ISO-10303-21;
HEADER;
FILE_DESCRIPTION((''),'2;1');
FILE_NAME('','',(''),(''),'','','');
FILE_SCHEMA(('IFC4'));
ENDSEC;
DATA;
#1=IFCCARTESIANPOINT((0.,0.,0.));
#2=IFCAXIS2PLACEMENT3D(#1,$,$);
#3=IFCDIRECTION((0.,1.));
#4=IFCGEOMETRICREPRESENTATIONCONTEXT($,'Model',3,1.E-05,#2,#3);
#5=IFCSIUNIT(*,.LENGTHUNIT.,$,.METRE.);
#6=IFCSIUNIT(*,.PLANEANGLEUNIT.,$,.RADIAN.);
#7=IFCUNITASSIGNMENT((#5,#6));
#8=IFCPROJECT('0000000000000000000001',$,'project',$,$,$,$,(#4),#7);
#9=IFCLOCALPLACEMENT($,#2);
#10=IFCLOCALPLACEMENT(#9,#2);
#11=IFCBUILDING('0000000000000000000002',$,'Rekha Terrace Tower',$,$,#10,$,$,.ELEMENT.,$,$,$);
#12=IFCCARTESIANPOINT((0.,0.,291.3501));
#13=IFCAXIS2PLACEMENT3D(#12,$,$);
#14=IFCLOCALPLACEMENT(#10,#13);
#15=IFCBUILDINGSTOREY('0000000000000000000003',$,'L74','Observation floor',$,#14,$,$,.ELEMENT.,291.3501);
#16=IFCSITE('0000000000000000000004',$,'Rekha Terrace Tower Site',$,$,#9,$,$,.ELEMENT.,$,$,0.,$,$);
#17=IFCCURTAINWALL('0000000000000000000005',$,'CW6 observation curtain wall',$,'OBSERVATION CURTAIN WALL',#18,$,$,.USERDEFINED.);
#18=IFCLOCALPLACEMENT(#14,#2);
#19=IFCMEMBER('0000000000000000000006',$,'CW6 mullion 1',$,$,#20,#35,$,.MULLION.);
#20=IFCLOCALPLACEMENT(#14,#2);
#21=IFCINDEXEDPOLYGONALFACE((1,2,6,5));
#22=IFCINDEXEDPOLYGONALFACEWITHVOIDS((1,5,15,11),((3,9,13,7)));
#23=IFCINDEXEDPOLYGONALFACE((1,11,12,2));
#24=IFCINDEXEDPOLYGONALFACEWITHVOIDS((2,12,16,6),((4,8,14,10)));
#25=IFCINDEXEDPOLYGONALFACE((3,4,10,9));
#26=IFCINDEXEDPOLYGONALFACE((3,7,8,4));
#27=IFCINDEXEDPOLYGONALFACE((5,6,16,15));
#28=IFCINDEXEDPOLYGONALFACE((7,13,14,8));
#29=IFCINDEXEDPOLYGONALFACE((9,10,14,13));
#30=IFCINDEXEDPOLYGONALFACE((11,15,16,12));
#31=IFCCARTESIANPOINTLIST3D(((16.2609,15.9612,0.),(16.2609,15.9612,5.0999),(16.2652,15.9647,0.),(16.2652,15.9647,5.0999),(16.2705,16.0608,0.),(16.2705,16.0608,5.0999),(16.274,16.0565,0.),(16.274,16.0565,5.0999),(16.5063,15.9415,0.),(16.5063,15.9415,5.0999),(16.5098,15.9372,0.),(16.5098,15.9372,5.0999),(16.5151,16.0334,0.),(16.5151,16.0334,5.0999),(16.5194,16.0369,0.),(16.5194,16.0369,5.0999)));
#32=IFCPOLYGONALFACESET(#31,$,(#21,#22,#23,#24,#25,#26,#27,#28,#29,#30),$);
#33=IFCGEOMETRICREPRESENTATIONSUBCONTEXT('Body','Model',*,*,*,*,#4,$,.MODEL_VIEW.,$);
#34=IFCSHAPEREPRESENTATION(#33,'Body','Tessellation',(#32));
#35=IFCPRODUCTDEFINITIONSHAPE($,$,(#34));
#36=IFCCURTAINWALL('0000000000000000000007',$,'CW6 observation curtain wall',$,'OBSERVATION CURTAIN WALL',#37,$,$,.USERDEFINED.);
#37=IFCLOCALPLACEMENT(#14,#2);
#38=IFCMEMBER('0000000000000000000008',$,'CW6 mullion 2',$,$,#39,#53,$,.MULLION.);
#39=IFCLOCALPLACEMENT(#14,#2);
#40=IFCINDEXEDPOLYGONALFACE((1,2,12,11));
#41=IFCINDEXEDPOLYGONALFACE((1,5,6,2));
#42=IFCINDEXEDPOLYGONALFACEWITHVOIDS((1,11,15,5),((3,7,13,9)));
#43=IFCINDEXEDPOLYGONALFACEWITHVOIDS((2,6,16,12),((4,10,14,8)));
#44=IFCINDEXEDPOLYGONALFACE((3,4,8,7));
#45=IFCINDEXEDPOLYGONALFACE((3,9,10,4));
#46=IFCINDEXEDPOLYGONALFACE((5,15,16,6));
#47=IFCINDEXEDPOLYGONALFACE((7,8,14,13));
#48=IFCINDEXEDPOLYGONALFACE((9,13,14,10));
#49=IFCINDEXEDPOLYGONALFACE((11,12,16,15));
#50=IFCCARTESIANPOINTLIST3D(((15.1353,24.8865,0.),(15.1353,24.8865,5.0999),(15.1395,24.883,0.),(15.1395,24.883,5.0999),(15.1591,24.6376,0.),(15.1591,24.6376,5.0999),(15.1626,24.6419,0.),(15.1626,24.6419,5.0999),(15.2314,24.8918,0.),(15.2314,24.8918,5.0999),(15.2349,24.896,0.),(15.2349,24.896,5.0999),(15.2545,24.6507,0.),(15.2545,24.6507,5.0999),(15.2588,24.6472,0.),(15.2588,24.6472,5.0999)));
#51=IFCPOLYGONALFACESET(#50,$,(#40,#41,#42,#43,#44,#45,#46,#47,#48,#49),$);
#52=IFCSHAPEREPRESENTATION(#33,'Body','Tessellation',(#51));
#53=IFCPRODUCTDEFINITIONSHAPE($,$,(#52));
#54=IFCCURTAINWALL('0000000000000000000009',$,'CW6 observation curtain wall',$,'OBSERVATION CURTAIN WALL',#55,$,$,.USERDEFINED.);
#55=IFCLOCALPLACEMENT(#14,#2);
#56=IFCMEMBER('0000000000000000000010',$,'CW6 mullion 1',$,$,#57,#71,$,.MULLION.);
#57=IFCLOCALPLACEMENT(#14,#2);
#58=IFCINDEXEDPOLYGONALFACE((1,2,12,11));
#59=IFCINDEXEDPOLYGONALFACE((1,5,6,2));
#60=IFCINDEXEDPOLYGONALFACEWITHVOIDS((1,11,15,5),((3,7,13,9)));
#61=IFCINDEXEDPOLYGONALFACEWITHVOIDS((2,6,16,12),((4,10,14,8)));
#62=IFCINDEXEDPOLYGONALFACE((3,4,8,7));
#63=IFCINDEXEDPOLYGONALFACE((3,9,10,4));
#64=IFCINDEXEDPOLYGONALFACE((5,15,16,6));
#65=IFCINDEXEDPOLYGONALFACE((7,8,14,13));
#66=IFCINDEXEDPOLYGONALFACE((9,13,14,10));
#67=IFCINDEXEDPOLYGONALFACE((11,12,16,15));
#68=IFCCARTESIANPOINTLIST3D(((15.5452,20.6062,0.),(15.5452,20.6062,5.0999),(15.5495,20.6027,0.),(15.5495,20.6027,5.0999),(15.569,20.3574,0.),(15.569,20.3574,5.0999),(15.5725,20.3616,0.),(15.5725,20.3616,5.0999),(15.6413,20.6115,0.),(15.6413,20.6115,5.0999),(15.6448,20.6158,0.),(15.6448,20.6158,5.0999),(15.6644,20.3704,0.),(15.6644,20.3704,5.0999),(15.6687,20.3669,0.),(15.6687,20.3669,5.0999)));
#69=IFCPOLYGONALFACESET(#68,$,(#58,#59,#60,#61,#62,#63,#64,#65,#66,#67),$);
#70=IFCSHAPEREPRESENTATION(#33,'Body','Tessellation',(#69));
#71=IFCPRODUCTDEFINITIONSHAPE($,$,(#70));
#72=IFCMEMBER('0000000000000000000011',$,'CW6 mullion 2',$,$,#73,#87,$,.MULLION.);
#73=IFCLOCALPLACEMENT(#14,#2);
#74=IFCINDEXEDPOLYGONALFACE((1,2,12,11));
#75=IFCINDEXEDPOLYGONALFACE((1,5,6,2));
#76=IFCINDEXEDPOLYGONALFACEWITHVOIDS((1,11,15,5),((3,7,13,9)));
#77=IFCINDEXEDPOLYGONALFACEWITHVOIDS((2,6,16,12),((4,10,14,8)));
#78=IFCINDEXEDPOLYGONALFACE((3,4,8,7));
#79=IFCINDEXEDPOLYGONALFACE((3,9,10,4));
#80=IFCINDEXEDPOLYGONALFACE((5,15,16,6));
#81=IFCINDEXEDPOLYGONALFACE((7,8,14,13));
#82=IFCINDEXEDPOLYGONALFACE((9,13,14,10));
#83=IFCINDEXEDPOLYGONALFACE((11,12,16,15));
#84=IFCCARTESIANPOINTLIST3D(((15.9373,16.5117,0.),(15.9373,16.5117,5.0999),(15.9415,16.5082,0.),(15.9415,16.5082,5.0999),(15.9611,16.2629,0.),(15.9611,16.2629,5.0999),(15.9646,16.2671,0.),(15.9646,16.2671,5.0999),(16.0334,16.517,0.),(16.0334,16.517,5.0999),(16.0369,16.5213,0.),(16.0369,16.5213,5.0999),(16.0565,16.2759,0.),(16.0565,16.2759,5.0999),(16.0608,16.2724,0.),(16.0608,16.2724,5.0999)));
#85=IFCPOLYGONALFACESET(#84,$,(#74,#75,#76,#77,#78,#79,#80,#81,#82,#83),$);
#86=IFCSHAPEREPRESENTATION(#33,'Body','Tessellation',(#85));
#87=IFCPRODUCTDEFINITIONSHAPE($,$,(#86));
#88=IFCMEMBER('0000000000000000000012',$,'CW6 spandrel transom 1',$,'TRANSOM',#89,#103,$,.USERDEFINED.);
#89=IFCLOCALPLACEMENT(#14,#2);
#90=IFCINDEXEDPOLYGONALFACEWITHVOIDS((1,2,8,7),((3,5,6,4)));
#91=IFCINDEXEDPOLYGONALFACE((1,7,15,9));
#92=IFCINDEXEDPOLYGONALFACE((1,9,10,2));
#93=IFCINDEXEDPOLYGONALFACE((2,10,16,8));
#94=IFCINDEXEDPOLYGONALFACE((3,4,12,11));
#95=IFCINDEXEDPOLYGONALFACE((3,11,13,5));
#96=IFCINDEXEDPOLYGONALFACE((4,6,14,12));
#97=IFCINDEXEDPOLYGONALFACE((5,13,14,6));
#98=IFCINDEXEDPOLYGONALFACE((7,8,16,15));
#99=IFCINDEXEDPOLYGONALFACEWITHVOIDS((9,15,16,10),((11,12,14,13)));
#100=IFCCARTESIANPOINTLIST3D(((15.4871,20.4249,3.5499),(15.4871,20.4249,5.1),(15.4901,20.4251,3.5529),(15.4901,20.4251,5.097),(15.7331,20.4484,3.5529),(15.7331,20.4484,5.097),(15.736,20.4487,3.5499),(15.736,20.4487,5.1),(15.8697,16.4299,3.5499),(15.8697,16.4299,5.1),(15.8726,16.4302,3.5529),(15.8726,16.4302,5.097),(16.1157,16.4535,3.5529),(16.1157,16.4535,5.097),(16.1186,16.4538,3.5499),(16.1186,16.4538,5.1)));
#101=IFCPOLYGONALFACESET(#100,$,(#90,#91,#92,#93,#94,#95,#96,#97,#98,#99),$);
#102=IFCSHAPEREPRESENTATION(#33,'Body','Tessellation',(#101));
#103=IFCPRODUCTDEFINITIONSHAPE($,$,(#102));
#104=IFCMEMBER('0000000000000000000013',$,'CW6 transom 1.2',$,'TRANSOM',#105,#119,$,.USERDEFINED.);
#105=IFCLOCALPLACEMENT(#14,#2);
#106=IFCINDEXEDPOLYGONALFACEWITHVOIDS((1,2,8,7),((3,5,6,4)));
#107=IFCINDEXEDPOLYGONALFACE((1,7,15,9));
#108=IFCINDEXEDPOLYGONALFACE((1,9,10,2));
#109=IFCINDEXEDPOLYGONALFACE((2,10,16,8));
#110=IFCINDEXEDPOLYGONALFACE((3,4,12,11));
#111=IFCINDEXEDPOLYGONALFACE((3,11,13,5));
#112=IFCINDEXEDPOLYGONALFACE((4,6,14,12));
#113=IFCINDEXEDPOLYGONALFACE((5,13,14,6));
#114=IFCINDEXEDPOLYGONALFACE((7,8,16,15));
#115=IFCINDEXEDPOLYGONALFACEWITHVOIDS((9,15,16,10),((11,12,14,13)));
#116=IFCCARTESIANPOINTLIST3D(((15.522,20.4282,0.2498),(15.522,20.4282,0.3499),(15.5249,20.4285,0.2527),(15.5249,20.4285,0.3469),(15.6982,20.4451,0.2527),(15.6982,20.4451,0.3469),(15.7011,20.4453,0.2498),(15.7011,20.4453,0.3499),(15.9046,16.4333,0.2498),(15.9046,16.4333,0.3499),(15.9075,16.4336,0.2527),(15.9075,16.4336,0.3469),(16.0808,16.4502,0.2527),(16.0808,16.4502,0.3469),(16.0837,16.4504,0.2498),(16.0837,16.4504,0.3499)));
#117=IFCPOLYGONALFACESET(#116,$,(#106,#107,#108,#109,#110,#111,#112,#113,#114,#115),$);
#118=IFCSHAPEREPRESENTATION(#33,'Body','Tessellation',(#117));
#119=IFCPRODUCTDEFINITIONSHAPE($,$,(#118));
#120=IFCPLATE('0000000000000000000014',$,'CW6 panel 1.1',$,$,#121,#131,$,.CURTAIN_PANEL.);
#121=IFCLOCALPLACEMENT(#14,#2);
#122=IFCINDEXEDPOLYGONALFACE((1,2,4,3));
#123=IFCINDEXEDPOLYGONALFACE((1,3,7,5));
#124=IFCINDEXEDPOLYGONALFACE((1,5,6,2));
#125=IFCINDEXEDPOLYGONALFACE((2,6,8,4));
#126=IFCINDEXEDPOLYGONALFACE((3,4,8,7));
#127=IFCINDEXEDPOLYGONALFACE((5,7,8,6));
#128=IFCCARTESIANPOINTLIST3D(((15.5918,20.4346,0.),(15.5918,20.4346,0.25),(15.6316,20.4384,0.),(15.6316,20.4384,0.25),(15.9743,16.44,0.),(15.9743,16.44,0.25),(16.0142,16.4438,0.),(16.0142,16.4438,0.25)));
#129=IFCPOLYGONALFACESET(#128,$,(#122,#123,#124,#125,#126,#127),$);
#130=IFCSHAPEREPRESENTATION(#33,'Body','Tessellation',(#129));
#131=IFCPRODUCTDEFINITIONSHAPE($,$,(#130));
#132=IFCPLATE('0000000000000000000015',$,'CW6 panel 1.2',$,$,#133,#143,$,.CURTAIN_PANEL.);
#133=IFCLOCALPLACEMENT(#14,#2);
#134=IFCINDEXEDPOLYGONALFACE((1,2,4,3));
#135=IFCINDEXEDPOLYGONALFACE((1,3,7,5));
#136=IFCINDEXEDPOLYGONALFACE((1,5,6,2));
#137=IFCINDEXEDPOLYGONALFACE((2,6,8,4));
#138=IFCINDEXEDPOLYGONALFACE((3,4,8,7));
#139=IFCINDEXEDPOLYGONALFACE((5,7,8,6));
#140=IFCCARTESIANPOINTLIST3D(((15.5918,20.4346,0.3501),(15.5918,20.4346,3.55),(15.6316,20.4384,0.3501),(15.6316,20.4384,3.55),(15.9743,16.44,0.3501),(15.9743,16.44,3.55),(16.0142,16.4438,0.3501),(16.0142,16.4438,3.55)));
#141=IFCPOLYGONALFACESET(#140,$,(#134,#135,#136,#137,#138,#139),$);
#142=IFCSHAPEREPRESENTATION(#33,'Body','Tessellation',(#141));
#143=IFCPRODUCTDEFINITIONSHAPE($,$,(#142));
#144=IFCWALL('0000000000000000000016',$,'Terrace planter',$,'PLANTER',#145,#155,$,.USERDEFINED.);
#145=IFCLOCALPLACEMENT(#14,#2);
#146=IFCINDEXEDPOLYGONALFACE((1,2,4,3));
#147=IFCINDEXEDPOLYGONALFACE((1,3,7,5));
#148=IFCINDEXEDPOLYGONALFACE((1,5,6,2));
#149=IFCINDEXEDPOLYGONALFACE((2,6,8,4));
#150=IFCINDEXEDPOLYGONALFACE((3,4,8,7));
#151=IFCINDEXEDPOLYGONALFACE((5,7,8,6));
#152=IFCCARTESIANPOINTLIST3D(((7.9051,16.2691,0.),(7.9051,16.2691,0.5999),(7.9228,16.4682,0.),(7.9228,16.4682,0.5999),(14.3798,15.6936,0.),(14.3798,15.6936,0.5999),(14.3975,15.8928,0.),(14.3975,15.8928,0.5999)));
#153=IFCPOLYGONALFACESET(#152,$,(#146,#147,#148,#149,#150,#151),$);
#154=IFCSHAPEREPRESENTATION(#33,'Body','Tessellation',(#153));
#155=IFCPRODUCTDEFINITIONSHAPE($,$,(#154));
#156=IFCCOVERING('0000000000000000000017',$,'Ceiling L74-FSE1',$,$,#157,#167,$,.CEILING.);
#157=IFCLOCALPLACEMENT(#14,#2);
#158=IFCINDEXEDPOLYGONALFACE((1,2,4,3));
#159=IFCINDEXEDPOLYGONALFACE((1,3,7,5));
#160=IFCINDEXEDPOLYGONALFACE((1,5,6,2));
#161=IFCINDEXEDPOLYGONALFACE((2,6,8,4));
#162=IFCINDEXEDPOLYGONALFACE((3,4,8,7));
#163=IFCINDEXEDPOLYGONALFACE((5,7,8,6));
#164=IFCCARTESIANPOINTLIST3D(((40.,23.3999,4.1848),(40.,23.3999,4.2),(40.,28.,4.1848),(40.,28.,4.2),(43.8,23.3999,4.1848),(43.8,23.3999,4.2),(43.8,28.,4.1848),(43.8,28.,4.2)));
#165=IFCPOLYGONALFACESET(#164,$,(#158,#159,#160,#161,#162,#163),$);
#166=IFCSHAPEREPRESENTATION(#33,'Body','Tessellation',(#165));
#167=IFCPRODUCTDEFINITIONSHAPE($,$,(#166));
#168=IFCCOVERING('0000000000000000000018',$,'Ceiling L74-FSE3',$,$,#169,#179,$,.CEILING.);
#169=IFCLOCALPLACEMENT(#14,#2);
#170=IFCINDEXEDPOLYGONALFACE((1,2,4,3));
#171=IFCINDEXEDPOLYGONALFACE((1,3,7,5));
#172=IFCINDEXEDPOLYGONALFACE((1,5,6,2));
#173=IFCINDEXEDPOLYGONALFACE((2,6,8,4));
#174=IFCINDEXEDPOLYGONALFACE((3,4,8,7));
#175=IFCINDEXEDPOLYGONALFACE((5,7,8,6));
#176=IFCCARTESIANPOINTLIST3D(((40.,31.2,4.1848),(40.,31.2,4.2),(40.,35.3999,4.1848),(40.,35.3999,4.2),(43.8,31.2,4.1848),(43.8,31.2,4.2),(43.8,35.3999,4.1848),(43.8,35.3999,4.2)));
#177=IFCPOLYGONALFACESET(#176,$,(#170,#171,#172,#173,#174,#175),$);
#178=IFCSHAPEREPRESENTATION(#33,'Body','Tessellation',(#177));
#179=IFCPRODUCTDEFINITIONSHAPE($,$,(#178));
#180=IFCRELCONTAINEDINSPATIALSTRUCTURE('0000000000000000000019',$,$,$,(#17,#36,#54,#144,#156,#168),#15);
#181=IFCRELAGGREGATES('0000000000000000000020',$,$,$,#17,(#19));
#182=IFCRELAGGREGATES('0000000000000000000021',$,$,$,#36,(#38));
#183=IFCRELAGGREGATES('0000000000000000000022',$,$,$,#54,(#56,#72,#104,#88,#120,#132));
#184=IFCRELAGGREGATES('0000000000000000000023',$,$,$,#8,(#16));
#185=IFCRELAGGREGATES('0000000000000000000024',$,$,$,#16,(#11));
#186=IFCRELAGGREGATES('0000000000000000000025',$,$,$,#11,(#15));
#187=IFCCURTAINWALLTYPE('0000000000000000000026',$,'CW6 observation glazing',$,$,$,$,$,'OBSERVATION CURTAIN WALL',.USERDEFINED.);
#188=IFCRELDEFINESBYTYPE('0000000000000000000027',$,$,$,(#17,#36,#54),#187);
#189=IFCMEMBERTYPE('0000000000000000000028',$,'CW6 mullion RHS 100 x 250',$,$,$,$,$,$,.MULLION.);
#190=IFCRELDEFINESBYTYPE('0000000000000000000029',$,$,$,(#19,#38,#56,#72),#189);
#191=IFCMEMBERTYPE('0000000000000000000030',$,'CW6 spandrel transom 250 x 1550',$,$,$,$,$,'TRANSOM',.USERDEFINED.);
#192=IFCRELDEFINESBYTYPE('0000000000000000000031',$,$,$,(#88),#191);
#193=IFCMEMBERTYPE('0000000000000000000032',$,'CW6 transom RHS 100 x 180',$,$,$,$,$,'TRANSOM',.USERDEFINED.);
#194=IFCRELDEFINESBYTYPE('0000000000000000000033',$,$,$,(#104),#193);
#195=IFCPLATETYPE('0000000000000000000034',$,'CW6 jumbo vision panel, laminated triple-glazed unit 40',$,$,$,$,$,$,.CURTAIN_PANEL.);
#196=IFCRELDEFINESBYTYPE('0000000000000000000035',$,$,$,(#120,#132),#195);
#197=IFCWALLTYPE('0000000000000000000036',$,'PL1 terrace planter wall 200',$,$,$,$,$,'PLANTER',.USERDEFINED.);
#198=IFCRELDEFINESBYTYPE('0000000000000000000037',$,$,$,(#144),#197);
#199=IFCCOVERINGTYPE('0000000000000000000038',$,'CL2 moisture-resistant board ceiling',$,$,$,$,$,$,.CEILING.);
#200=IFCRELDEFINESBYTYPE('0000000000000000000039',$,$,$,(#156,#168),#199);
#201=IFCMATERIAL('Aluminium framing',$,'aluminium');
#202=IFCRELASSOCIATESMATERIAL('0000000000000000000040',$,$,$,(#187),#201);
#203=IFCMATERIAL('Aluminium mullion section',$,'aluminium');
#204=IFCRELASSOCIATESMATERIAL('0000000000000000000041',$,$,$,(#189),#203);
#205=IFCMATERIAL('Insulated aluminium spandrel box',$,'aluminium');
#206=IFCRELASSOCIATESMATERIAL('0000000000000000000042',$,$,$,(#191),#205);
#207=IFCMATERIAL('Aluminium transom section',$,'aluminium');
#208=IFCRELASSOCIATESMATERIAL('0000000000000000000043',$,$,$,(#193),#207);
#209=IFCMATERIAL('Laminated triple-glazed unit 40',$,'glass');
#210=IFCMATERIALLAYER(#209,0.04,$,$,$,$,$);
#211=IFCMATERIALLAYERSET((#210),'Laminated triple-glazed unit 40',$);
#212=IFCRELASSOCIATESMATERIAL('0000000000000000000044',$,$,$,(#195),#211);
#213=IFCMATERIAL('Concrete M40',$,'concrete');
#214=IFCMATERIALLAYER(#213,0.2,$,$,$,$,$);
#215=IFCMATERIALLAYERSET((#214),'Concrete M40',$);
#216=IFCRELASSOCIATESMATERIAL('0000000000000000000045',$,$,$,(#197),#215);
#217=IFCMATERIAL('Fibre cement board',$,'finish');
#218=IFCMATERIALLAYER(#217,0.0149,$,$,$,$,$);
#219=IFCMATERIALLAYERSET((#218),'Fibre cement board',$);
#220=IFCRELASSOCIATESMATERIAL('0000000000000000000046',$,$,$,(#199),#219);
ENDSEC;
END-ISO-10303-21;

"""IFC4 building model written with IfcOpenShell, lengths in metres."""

from ifc_helpers import new_model, si_unit, direction, frame, frame_2d, origin, origin_2d, place, context, subcontext, project, spatial, polyline, rectangle, hollow_rectangle, outline, extrude, material, layer, layer_set, material_profile, profile_set, type_object, element, aggregate, save


model = new_model("IFC4")

# Units and contexts
model_context = context("Model", 3, precision=1e-05, world=origin(), true_north=direction((0.0, 1.0)))
body_context = subcontext(model_context, "Body", "Model", "MODEL_VIEW")
ifc_project = project(units=[si_unit("LENGTHUNIT", "METRE"), si_unit("PLANEANGLEUNIT", "RADIAN")], contexts=[model_context])

# Site, building, storey
site_placement = place(None, origin())
site = spatial("IfcSite", under=ifc_project, at=site_placement, Name="Rekha Terrace Tower Site", CompositionType="ELEMENT", RefElevation=0.0)
building_placement = place(site_placement, origin())
building = spatial("IfcBuilding", under=site, at=building_placement, Name="Rekha Terrace Tower", CompositionType="ELEMENT")
storey_placement = place(building_placement, frame((0.0, 0.0, 291.3501)))
storey = spatial("IfcBuildingStorey", under=building, at=storey_placement, Name="L74", Description="Observation floor", CompositionType="ELEMENT", Elevation=291.3501)

# Curtain walls, members
ifc_material_1 = material(Name="Aluminium framing", Category="aluminium")
curtain_wall_type = type_object("IfcCurtainWallType", Name="CW6 observation glazing", ElementType="OBSERVATION CURTAIN WALL", PredefinedType="USERDEFINED", material=ifc_material_1)
curtain_wall_1_placement = place(storey_placement, origin())
curtain_wall_1 = element("IfcCurtainWall", 1, at=curtain_wall_1_placement, inside=storey, type_object=curtain_wall_type, Name="CW6 observation curtain wall", ObjectType="OBSERVATION CURTAIN WALL", PredefinedType="USERDEFINED")
ifc_material_2 = material(Name="Aluminium mullion section", Category="aluminium")
ifc_material_profile_1 = material_profile(ifc_material_2, hollow_rectangle(XDim=0.1001, YDim=0.25, WallThickness=0.0039, at=origin_2d()), Name="AL RHS 100x250")
ifc_profile_set_1 = profile_set([ifc_material_profile_1], Name="Aluminium mullion section")
member_type_1 = type_object("IfcMemberType", Name="CW6 mullion RHS 100 x 250", PredefinedType="MULLION", material=ifc_profile_set_1)
member_1_placement = place(storey_placement, frame((16.3901, 15.999, 0.0), z_axis=(0.0, 0.0, 1.0), x_axis=(0.095736, 0.995407, 0.0)))
member_1 = element("IfcMember", 2, at=member_1_placement, type_object=member_type_1, Name="CW6 mullion 1", PredefinedType="MULLION", context=body_context, shape_type="SweptSolid", body=[
    extrude(hollow_rectangle(XDim=0.1001, YDim=0.25, WallThickness=0.0039, at=origin_2d()), origin(), (0.0, 0.0, 1.0), 5.0999),
])
aggregate(curtain_wall_1, [member_1])
curtain_wall_2_placement = place(storey_placement, origin())
curtain_wall_2 = element("IfcCurtainWall", 3, at=curtain_wall_2_placement, inside=storey, type_object=curtain_wall_type, Name="CW6 observation curtain wall", ObjectType="OBSERVATION CURTAIN WALL", PredefinedType="USERDEFINED")
member_2_placement = place(storey_placement, frame((15.197, 24.7668, 0.0), z_axis=(0.0, 0.0, 1.0), x_axis=(0.995445, 0.095338, 0.0)))
member_2 = element("IfcMember", 4, at=member_2_placement, type_object=member_type_1, Name="CW6 mullion 2", PredefinedType="MULLION", context=body_context, shape_type="SweptSolid", body=[
    extrude(hollow_rectangle(XDim=0.1001, YDim=0.25, WallThickness=0.0039, at=origin_2d()), origin(), (0.0, 0.0, 1.0), 5.0999),
])
aggregate(curtain_wall_2, [member_2])

# Curtain wall, members, plates
curtain_wall_3_placement = place(storey_placement, origin())
curtain_wall_3 = element("IfcCurtainWall", 5, at=curtain_wall_3_placement, inside=storey, type_object=curtain_wall_type, Name="CW6 observation curtain wall", ObjectType="OBSERVATION CURTAIN WALL", PredefinedType="USERDEFINED")
member_3_placement = place(storey_placement, frame((15.6069, 20.4866, 0.0), z_axis=(0.0, 0.0, 1.0), x_axis=(0.995445, 0.095338, 0.0)))
member_3 = element("IfcMember", 6, at=member_3_placement, type_object=member_type_1, Name="CW6 mullion 1", PredefinedType="MULLION", context=body_context, shape_type="SweptSolid", body=[
    extrude(hollow_rectangle(XDim=0.1001, YDim=0.25, WallThickness=0.0039, at=origin_2d()), origin(), (0.0, 0.0, 1.0), 5.0999),
])
member_4_placement = place(storey_placement, frame((15.999, 16.3921, 0.0), z_axis=(0.0, 0.0, 1.0), x_axis=(0.995445, 0.095338, 0.0)))
member_4 = element("IfcMember", 7, at=member_4_placement, type_object=member_type_1, Name="CW6 mullion 2", PredefinedType="MULLION", context=body_context, shape_type="SweptSolid", body=[
    extrude(hollow_rectangle(XDim=0.1001, YDim=0.25, WallThickness=0.0039, at=origin_2d()), origin(), (0.0, 0.0, 1.0), 5.0999),
])
ifc_material_3 = material(Name="Insulated aluminium spandrel box", Category="aluminium")
ifc_material_profile_2 = material_profile(ifc_material_3, hollow_rectangle(XDim=0.25, YDim=1.55, WallThickness=0.0029, at=origin_2d()), Name="AL SPANDREL BOX 250x1550")
ifc_profile_set_2 = profile_set([ifc_material_profile_2], Name="Insulated aluminium spandrel box")
member_type_2 = type_object("IfcMemberType", Name="CW6 spandrel transom 250 x 1550", ElementType="TRANSOM", PredefinedType="USERDEFINED", material=ifc_profile_set_2)
member_5_placement = place(storey_placement, frame((15.6116, 20.4368, 4.325), z_axis=(0.095329, -0.995446, 0.0), x_axis=(0.995446, 0.095329, 0.0)))
member_5 = element("IfcMember", 8, at=member_5_placement, type_object=member_type_2, Name="CW6 spandrel transom 1", ObjectType="TRANSOM", PredefinedType="USERDEFINED", context=body_context, shape_type="SweptSolid", body=[
    extrude(hollow_rectangle(XDim=0.25, YDim=1.55, WallThickness=0.0029, at=origin_2d()), origin(), (0.0, 0.0, 1.0), 4.0132),
])
ifc_material_4 = material(Name="Aluminium transom section", Category="aluminium")
ifc_material_profile_3 = material_profile(ifc_material_4, hollow_rectangle(XDim=0.1799, YDim=0.1001, WallThickness=0.0029, at=origin_2d()), Name="AL RHS 180x100")
ifc_profile_set_3 = profile_set([ifc_material_profile_3], Name="Aluminium transom section")
member_type_3 = type_object("IfcMemberType", Name="CW6 transom RHS 100 x 180", ElementType="TRANSOM", PredefinedType="USERDEFINED", material=ifc_profile_set_3)
member_6_placement = place(storey_placement, frame((15.6116, 20.4368, 0.2998), z_axis=(0.095329, -0.995446, 0.0), x_axis=(0.995446, 0.095329, 0.0)))
member_6 = element("IfcMember", 9, at=member_6_placement, type_object=member_type_3, Name="CW6 transom 1.2", ObjectType="TRANSOM", PredefinedType="USERDEFINED", context=body_context, shape_type="SweptSolid", body=[
    extrude(hollow_rectangle(XDim=0.1799, YDim=0.1001, WallThickness=0.0029, at=origin_2d()), origin(), (0.0, 0.0, 1.0), 4.0132),
])
ifc_material_5 = material(Name="Laminated triple-glazed unit 40", Category="glass")
ifc_layer_1 = layer(ifc_material_5, 0.04)
ifc_layer_set_1 = layer_set([ifc_layer_1], Name="Laminated triple-glazed unit 40")
plate_type = type_object("IfcPlateType", Name="CW6 jumbo vision panel, laminated triple-glazed unit 40", PredefinedType="CURTAIN_PANEL", material=ifc_layer_set_1)
plate_1_placement = place(storey_placement, frame((15.803, 18.4392, 0.0), z_axis=(0.0, 0.0, 1.0), x_axis=(0.095338, -0.995445, 0.0)))
plate_1 = element("IfcPlate", 10, at=plate_1_placement, type_object=plate_type, Name="CW6 panel 1.1", PredefinedType="CURTAIN_PANEL", context=body_context, shape_type="SweptSolid", body=[
    extrude(rectangle(XDim=4.0129, YDim=0.04, at=origin_2d()), origin(), (0.0, 0.0, 1.0), 0.25),
])
plate_2_placement = place(storey_placement, frame((15.803, 18.4392, 0.3501), z_axis=(0.0, 0.0, 1.0), x_axis=(0.095338, -0.995445, 0.0)))
plate_2 = element("IfcPlate", 11, at=plate_2_placement, type_object=plate_type, Name="CW6 panel 1.2", PredefinedType="CURTAIN_PANEL", context=body_context, shape_type="SweptSolid", body=[
    extrude(rectangle(XDim=4.0129, YDim=0.04, at=origin_2d()), origin(), (0.0, 0.0, 1.0), 3.2),
])
aggregate(curtain_wall_3, [member_3, member_4, member_6, member_5, plate_1, plate_2])

# Wall
ifc_material_6 = material(Name="Concrete M40", Category="concrete")
ifc_layer_2 = layer(ifc_material_6, 0.2)
ifc_layer_set_2 = layer_set([ifc_layer_2], Name="Concrete M40")
wall_type_1 = type_object("IfcWallType", Name="PL1 terrace planter wall 200", ElementType="PLANTER", PredefinedType="USERDEFINED", material=ifc_layer_set_2)
wall_1_placement = place(storey_placement, frame((7.9141, 16.3687, 0.0), z_axis=(0.0, 0.0, 1.0), x_axis=(0.996074, -0.088527, 0.0)))
element("IfcWall", 12, at=wall_1_placement, inside=storey, type_object=wall_type_1, Name="Terrace planter", ObjectType="PLANTER", PredefinedType="USERDEFINED", context=body_context, shape_type="SweptSolid", body=[
    extrude(rectangle(XDim=6.5002, YDim=0.2, at=frame_2d((3.25, 0.0))), origin(), (0.0, 0.0, 1.0), 0.5999),
])

# Coverings
ifc_material_7 = material(Name="Fibre cement board", Category="finish")
ifc_layer_3 = layer(ifc_material_7, 0.0149)
ifc_layer_set_3 = layer_set([ifc_layer_3], Name="Fibre cement board")
covering_type_1 = type_object("IfcCoveringType", Name="CL2 moisture-resistant board ceiling", PredefinedType="CEILING", material=ifc_layer_set_3)
covering_1_placement = place(storey_placement, frame((0.0, 0.0, 4.1848)))
element("IfcCovering", 13, at=covering_1_placement, inside=storey, type_object=covering_type_1, Name="Ceiling L74-FSE1", PredefinedType="CEILING", context=body_context, shape_type="SweptSolid", body=[
    extrude(outline(polyline([(43.8, 28.0), (40.0, 28.0), (40.0, 23.3999), (43.8, 23.3999), (43.8, 28.0)])), origin(), (0.0, 0.0, 1.0), 0.0151),
])
covering_2_placement = place(storey_placement, frame((0.0, 0.0, 4.1848)))
element("IfcCovering", 14, at=covering_2_placement, inside=storey, type_object=covering_type_1, Name="Ceiling L74-FSE3", PredefinedType="CEILING", context=body_context, shape_type="SweptSolid", body=[
    extrude(outline(polyline([(43.8, 35.3999), (40.0, 35.3999), (40.0, 31.2), (43.8, 31.2), (43.8, 35.3999)])), origin(), (0.0, 0.0, 1.0), 0.0151),
])

save(model, "model.ifc")
